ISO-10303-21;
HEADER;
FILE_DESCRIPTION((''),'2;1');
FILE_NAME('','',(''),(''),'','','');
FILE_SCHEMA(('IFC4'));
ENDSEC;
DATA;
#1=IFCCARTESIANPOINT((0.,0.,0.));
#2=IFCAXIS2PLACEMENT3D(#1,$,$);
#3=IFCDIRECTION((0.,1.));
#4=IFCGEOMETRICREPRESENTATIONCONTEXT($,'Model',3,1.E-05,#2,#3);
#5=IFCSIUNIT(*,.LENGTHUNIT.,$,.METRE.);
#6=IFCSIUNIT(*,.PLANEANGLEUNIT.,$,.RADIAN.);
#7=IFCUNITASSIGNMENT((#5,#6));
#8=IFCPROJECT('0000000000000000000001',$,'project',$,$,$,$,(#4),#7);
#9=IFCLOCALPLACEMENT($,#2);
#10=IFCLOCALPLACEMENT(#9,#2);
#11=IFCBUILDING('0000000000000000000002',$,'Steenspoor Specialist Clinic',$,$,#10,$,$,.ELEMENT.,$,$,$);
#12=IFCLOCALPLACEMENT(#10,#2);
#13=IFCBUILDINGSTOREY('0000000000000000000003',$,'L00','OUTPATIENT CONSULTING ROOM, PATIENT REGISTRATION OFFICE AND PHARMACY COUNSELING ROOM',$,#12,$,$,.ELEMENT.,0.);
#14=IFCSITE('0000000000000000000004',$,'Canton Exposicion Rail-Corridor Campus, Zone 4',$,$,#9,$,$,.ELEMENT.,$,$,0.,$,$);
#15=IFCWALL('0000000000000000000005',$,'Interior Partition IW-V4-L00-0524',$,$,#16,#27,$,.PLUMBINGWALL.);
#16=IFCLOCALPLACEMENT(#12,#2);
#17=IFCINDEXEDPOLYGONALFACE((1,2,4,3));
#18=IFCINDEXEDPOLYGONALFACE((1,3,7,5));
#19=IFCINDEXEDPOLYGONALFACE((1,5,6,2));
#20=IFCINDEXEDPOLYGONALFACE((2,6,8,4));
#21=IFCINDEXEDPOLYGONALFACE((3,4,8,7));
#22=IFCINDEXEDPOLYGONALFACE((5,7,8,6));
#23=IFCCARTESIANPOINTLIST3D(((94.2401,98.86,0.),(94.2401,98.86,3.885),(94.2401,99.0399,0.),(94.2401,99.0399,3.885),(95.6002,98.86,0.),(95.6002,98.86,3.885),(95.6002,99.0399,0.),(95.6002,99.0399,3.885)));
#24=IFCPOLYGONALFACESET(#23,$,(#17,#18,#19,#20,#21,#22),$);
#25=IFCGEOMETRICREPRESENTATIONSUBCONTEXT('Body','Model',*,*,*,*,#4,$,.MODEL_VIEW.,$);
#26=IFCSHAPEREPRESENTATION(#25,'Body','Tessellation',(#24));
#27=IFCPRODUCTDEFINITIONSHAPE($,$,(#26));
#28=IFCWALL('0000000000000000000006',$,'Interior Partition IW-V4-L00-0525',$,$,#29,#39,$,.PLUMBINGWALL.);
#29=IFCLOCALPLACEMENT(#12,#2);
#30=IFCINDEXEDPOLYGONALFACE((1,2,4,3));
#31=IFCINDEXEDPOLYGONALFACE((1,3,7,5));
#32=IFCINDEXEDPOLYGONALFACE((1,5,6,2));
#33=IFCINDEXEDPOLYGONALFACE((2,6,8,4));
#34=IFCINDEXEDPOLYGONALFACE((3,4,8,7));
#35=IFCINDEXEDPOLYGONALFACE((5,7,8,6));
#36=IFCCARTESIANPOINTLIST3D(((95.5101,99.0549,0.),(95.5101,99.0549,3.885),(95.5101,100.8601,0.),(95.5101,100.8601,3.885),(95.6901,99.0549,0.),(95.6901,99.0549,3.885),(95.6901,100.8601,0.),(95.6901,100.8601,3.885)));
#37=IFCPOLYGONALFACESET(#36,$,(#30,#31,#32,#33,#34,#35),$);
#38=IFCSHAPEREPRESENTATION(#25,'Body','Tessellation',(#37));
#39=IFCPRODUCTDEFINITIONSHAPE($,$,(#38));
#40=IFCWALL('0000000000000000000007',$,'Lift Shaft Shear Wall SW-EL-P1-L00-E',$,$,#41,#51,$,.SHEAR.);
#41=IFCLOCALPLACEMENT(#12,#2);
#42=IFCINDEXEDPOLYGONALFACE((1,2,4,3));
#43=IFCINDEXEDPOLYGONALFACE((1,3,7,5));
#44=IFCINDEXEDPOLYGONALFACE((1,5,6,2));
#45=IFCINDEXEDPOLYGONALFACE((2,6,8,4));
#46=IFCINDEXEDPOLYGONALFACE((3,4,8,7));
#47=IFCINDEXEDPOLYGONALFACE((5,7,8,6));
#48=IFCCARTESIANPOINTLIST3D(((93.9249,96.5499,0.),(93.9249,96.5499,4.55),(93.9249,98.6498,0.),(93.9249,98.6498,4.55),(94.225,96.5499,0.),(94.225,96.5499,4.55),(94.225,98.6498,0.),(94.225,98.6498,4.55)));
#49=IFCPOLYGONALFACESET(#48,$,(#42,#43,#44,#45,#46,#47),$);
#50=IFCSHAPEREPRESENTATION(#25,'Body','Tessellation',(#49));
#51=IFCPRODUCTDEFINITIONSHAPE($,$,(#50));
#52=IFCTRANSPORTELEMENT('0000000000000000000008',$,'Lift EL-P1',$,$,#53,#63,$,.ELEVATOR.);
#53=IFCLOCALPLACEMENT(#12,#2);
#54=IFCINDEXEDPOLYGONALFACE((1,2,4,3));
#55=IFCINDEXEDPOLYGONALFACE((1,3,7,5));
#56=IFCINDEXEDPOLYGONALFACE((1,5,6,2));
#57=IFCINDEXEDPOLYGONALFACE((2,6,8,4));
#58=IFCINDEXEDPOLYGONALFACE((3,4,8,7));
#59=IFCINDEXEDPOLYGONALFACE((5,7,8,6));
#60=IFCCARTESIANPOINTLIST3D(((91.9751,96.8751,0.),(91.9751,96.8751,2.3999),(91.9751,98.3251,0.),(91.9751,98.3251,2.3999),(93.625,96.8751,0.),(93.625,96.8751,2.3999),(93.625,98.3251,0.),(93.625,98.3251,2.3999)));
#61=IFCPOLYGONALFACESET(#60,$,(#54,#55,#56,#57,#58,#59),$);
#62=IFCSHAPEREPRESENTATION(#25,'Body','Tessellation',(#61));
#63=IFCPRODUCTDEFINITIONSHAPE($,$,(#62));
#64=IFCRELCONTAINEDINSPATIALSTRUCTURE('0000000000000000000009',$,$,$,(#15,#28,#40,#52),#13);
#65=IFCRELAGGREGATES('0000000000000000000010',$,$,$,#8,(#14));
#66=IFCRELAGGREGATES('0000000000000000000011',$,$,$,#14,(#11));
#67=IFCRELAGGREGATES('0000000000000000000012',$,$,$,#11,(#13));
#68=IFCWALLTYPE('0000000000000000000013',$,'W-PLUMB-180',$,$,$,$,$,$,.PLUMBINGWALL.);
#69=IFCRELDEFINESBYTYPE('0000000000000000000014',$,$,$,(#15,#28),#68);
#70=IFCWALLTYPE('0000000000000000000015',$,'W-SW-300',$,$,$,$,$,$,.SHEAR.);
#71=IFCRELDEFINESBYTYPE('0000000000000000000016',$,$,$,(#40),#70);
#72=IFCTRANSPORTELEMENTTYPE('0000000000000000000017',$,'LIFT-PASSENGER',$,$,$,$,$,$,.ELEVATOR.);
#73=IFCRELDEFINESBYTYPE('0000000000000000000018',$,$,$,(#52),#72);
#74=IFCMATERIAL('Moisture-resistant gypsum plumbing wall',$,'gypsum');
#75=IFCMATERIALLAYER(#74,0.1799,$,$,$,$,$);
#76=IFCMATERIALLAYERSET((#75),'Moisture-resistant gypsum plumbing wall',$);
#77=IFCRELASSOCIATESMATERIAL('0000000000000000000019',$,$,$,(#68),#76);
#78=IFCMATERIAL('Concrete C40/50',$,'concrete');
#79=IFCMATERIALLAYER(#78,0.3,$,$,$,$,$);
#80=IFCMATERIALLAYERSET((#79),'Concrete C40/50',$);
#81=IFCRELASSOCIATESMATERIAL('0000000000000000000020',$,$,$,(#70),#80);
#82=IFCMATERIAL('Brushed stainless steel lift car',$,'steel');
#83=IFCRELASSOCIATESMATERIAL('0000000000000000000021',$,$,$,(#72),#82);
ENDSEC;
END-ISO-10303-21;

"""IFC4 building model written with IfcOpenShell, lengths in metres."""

from ifc_helpers import new_model, si_unit, direction, frame, frame_2d, origin, origin_2d, place, context, subcontext, project, spatial, rectangle, extrude, material, layer, layer_set, type_object, element, save


model = new_model("IFC4")

# Units and contexts
model_context = context("Model", 3, precision=1e-05, world=origin(), true_north=direction((0.0, 1.0)))
body_context = subcontext(model_context, "Body", "Model", "MODEL_VIEW")
ifc_project = project(units=[si_unit("LENGTHUNIT", "METRE"), si_unit("PLANEANGLEUNIT", "RADIAN")], contexts=[model_context])

# Site, building, storey
site_placement = place(None, origin())
site = spatial("IfcSite", under=ifc_project, at=site_placement, Name="Canton Exposicion Rail-Corridor Campus, Zone 4", CompositionType="ELEMENT", RefElevation=0.0)
building_placement = place(site_placement, origin())
building = spatial("IfcBuilding", under=site, at=building_placement, Name="Steenspoor Specialist Clinic", CompositionType="ELEMENT")
storey_placement = place(building_placement, origin())
storey = spatial("IfcBuildingStorey", under=building, at=storey_placement, Name="L00", Description="OUTPATIENT CONSULTING ROOM, PATIENT REGISTRATION OFFICE AND PHARMACY COUNSELING ROOM", CompositionType="ELEMENT", Elevation=0.0)

# Shared definitions
ifc_material_1 = material(Name="Concrete C40/50", Category="concrete")

# Walls
ifc_material_2 = material(Name="Moisture-resistant gypsum plumbing wall", Category="gypsum")
ifc_layer_1 = layer(ifc_material_2, 0.1799)
ifc_layer_set_1 = layer_set([ifc_layer_1], Name="Moisture-resistant gypsum plumbing wall")
wall_type_1 = type_object("IfcWallType", Name="W-PLUMB-180", PredefinedType="PLUMBINGWALL", material=ifc_layer_set_1)
wall_1_placement = place(storey_placement, frame((94.24, 98.95, 0.0), z_axis=(0.0, 0.0, 1.0), x_axis=(1.0, 0.0, 0.0)))
element("IfcWall", 1, at=wall_1_placement, inside=storey, type_object=wall_type_1, Name="Interior Partition IW-V4-L00-0524", PredefinedType="PLUMBINGWALL", context=body_context, shape_type="SweptSolid", body=[
    extrude(rectangle(XDim=1.3601, YDim=0.1799, at=frame_2d((0.6802, 0.0))), origin(), (0.0, 0.0, 1.0), 3.885),
])
wall_2_placement = place(storey_placement, frame((95.6001, 99.0549, 0.0), z_axis=(0.0, 0.0, 1.0), x_axis=(0.0, 1.0, 0.0)))
element("IfcWall", 2, at=wall_2_placement, inside=storey, type_object=wall_type_1, Name="Interior Partition IW-V4-L00-0525", PredefinedType="PLUMBINGWALL", context=body_context, shape_type="SweptSolid", body=[
    extrude(rectangle(XDim=1.8052, YDim=0.1799, at=frame_2d((0.9026, 0.0))), origin(), (0.0, 0.0, 1.0), 3.885),
])
ifc_layer_2 = layer(ifc_material_1, 0.3)
ifc_layer_set_2 = layer_set([ifc_layer_2], Name="Concrete C40/50")
wall_type_2 = type_object("IfcWallType", Name="W-SW-300", PredefinedType="SHEAR", material=ifc_layer_set_2)
wall_3_placement = place(storey_placement, frame((94.075, 96.55, 0.0), z_axis=(0.0, 0.0, 1.0), x_axis=(0.0, 1.0, 0.0)))
element("IfcWall", 3, at=wall_3_placement, inside=storey, type_object=wall_type_2, Name="Lift Shaft Shear Wall SW-EL-P1-L00-E", PredefinedType="SHEAR", context=body_context, shape_type="SweptSolid", body=[
    extrude(rectangle(XDim=2.0999, YDim=0.3, at=frame_2d((1.0498, 0.0))), origin(), (0.0, 0.0, 1.0), 4.55),
])

# Transport element
ifc_material_3 = material(Name="Brushed stainless steel lift car", Category="steel")
transport_element_type = type_object("IfcTransportElementType", Name="LIFT-PASSENGER", PredefinedType="ELEVATOR", material=ifc_material_3)
transport_element_placement = place(storey_placement, frame((92.8, 97.6001, 0.0), z_axis=(0.0, 0.0, 1.0), x_axis=(1.0, 0.0, 0.0)))
element("IfcTransportElement", 4, at=transport_element_placement, inside=storey, type_object=transport_element_type, Name="Lift EL-P1", PredefinedType="ELEVATOR", context=body_context, shape_type="SweptSolid", body=[
    extrude(rectangle(XDim=1.6499, YDim=1.45, at=origin_2d()), origin(), (0.0, 0.0, 1.0), 2.3999),
])

save(model, "model.ifc")
